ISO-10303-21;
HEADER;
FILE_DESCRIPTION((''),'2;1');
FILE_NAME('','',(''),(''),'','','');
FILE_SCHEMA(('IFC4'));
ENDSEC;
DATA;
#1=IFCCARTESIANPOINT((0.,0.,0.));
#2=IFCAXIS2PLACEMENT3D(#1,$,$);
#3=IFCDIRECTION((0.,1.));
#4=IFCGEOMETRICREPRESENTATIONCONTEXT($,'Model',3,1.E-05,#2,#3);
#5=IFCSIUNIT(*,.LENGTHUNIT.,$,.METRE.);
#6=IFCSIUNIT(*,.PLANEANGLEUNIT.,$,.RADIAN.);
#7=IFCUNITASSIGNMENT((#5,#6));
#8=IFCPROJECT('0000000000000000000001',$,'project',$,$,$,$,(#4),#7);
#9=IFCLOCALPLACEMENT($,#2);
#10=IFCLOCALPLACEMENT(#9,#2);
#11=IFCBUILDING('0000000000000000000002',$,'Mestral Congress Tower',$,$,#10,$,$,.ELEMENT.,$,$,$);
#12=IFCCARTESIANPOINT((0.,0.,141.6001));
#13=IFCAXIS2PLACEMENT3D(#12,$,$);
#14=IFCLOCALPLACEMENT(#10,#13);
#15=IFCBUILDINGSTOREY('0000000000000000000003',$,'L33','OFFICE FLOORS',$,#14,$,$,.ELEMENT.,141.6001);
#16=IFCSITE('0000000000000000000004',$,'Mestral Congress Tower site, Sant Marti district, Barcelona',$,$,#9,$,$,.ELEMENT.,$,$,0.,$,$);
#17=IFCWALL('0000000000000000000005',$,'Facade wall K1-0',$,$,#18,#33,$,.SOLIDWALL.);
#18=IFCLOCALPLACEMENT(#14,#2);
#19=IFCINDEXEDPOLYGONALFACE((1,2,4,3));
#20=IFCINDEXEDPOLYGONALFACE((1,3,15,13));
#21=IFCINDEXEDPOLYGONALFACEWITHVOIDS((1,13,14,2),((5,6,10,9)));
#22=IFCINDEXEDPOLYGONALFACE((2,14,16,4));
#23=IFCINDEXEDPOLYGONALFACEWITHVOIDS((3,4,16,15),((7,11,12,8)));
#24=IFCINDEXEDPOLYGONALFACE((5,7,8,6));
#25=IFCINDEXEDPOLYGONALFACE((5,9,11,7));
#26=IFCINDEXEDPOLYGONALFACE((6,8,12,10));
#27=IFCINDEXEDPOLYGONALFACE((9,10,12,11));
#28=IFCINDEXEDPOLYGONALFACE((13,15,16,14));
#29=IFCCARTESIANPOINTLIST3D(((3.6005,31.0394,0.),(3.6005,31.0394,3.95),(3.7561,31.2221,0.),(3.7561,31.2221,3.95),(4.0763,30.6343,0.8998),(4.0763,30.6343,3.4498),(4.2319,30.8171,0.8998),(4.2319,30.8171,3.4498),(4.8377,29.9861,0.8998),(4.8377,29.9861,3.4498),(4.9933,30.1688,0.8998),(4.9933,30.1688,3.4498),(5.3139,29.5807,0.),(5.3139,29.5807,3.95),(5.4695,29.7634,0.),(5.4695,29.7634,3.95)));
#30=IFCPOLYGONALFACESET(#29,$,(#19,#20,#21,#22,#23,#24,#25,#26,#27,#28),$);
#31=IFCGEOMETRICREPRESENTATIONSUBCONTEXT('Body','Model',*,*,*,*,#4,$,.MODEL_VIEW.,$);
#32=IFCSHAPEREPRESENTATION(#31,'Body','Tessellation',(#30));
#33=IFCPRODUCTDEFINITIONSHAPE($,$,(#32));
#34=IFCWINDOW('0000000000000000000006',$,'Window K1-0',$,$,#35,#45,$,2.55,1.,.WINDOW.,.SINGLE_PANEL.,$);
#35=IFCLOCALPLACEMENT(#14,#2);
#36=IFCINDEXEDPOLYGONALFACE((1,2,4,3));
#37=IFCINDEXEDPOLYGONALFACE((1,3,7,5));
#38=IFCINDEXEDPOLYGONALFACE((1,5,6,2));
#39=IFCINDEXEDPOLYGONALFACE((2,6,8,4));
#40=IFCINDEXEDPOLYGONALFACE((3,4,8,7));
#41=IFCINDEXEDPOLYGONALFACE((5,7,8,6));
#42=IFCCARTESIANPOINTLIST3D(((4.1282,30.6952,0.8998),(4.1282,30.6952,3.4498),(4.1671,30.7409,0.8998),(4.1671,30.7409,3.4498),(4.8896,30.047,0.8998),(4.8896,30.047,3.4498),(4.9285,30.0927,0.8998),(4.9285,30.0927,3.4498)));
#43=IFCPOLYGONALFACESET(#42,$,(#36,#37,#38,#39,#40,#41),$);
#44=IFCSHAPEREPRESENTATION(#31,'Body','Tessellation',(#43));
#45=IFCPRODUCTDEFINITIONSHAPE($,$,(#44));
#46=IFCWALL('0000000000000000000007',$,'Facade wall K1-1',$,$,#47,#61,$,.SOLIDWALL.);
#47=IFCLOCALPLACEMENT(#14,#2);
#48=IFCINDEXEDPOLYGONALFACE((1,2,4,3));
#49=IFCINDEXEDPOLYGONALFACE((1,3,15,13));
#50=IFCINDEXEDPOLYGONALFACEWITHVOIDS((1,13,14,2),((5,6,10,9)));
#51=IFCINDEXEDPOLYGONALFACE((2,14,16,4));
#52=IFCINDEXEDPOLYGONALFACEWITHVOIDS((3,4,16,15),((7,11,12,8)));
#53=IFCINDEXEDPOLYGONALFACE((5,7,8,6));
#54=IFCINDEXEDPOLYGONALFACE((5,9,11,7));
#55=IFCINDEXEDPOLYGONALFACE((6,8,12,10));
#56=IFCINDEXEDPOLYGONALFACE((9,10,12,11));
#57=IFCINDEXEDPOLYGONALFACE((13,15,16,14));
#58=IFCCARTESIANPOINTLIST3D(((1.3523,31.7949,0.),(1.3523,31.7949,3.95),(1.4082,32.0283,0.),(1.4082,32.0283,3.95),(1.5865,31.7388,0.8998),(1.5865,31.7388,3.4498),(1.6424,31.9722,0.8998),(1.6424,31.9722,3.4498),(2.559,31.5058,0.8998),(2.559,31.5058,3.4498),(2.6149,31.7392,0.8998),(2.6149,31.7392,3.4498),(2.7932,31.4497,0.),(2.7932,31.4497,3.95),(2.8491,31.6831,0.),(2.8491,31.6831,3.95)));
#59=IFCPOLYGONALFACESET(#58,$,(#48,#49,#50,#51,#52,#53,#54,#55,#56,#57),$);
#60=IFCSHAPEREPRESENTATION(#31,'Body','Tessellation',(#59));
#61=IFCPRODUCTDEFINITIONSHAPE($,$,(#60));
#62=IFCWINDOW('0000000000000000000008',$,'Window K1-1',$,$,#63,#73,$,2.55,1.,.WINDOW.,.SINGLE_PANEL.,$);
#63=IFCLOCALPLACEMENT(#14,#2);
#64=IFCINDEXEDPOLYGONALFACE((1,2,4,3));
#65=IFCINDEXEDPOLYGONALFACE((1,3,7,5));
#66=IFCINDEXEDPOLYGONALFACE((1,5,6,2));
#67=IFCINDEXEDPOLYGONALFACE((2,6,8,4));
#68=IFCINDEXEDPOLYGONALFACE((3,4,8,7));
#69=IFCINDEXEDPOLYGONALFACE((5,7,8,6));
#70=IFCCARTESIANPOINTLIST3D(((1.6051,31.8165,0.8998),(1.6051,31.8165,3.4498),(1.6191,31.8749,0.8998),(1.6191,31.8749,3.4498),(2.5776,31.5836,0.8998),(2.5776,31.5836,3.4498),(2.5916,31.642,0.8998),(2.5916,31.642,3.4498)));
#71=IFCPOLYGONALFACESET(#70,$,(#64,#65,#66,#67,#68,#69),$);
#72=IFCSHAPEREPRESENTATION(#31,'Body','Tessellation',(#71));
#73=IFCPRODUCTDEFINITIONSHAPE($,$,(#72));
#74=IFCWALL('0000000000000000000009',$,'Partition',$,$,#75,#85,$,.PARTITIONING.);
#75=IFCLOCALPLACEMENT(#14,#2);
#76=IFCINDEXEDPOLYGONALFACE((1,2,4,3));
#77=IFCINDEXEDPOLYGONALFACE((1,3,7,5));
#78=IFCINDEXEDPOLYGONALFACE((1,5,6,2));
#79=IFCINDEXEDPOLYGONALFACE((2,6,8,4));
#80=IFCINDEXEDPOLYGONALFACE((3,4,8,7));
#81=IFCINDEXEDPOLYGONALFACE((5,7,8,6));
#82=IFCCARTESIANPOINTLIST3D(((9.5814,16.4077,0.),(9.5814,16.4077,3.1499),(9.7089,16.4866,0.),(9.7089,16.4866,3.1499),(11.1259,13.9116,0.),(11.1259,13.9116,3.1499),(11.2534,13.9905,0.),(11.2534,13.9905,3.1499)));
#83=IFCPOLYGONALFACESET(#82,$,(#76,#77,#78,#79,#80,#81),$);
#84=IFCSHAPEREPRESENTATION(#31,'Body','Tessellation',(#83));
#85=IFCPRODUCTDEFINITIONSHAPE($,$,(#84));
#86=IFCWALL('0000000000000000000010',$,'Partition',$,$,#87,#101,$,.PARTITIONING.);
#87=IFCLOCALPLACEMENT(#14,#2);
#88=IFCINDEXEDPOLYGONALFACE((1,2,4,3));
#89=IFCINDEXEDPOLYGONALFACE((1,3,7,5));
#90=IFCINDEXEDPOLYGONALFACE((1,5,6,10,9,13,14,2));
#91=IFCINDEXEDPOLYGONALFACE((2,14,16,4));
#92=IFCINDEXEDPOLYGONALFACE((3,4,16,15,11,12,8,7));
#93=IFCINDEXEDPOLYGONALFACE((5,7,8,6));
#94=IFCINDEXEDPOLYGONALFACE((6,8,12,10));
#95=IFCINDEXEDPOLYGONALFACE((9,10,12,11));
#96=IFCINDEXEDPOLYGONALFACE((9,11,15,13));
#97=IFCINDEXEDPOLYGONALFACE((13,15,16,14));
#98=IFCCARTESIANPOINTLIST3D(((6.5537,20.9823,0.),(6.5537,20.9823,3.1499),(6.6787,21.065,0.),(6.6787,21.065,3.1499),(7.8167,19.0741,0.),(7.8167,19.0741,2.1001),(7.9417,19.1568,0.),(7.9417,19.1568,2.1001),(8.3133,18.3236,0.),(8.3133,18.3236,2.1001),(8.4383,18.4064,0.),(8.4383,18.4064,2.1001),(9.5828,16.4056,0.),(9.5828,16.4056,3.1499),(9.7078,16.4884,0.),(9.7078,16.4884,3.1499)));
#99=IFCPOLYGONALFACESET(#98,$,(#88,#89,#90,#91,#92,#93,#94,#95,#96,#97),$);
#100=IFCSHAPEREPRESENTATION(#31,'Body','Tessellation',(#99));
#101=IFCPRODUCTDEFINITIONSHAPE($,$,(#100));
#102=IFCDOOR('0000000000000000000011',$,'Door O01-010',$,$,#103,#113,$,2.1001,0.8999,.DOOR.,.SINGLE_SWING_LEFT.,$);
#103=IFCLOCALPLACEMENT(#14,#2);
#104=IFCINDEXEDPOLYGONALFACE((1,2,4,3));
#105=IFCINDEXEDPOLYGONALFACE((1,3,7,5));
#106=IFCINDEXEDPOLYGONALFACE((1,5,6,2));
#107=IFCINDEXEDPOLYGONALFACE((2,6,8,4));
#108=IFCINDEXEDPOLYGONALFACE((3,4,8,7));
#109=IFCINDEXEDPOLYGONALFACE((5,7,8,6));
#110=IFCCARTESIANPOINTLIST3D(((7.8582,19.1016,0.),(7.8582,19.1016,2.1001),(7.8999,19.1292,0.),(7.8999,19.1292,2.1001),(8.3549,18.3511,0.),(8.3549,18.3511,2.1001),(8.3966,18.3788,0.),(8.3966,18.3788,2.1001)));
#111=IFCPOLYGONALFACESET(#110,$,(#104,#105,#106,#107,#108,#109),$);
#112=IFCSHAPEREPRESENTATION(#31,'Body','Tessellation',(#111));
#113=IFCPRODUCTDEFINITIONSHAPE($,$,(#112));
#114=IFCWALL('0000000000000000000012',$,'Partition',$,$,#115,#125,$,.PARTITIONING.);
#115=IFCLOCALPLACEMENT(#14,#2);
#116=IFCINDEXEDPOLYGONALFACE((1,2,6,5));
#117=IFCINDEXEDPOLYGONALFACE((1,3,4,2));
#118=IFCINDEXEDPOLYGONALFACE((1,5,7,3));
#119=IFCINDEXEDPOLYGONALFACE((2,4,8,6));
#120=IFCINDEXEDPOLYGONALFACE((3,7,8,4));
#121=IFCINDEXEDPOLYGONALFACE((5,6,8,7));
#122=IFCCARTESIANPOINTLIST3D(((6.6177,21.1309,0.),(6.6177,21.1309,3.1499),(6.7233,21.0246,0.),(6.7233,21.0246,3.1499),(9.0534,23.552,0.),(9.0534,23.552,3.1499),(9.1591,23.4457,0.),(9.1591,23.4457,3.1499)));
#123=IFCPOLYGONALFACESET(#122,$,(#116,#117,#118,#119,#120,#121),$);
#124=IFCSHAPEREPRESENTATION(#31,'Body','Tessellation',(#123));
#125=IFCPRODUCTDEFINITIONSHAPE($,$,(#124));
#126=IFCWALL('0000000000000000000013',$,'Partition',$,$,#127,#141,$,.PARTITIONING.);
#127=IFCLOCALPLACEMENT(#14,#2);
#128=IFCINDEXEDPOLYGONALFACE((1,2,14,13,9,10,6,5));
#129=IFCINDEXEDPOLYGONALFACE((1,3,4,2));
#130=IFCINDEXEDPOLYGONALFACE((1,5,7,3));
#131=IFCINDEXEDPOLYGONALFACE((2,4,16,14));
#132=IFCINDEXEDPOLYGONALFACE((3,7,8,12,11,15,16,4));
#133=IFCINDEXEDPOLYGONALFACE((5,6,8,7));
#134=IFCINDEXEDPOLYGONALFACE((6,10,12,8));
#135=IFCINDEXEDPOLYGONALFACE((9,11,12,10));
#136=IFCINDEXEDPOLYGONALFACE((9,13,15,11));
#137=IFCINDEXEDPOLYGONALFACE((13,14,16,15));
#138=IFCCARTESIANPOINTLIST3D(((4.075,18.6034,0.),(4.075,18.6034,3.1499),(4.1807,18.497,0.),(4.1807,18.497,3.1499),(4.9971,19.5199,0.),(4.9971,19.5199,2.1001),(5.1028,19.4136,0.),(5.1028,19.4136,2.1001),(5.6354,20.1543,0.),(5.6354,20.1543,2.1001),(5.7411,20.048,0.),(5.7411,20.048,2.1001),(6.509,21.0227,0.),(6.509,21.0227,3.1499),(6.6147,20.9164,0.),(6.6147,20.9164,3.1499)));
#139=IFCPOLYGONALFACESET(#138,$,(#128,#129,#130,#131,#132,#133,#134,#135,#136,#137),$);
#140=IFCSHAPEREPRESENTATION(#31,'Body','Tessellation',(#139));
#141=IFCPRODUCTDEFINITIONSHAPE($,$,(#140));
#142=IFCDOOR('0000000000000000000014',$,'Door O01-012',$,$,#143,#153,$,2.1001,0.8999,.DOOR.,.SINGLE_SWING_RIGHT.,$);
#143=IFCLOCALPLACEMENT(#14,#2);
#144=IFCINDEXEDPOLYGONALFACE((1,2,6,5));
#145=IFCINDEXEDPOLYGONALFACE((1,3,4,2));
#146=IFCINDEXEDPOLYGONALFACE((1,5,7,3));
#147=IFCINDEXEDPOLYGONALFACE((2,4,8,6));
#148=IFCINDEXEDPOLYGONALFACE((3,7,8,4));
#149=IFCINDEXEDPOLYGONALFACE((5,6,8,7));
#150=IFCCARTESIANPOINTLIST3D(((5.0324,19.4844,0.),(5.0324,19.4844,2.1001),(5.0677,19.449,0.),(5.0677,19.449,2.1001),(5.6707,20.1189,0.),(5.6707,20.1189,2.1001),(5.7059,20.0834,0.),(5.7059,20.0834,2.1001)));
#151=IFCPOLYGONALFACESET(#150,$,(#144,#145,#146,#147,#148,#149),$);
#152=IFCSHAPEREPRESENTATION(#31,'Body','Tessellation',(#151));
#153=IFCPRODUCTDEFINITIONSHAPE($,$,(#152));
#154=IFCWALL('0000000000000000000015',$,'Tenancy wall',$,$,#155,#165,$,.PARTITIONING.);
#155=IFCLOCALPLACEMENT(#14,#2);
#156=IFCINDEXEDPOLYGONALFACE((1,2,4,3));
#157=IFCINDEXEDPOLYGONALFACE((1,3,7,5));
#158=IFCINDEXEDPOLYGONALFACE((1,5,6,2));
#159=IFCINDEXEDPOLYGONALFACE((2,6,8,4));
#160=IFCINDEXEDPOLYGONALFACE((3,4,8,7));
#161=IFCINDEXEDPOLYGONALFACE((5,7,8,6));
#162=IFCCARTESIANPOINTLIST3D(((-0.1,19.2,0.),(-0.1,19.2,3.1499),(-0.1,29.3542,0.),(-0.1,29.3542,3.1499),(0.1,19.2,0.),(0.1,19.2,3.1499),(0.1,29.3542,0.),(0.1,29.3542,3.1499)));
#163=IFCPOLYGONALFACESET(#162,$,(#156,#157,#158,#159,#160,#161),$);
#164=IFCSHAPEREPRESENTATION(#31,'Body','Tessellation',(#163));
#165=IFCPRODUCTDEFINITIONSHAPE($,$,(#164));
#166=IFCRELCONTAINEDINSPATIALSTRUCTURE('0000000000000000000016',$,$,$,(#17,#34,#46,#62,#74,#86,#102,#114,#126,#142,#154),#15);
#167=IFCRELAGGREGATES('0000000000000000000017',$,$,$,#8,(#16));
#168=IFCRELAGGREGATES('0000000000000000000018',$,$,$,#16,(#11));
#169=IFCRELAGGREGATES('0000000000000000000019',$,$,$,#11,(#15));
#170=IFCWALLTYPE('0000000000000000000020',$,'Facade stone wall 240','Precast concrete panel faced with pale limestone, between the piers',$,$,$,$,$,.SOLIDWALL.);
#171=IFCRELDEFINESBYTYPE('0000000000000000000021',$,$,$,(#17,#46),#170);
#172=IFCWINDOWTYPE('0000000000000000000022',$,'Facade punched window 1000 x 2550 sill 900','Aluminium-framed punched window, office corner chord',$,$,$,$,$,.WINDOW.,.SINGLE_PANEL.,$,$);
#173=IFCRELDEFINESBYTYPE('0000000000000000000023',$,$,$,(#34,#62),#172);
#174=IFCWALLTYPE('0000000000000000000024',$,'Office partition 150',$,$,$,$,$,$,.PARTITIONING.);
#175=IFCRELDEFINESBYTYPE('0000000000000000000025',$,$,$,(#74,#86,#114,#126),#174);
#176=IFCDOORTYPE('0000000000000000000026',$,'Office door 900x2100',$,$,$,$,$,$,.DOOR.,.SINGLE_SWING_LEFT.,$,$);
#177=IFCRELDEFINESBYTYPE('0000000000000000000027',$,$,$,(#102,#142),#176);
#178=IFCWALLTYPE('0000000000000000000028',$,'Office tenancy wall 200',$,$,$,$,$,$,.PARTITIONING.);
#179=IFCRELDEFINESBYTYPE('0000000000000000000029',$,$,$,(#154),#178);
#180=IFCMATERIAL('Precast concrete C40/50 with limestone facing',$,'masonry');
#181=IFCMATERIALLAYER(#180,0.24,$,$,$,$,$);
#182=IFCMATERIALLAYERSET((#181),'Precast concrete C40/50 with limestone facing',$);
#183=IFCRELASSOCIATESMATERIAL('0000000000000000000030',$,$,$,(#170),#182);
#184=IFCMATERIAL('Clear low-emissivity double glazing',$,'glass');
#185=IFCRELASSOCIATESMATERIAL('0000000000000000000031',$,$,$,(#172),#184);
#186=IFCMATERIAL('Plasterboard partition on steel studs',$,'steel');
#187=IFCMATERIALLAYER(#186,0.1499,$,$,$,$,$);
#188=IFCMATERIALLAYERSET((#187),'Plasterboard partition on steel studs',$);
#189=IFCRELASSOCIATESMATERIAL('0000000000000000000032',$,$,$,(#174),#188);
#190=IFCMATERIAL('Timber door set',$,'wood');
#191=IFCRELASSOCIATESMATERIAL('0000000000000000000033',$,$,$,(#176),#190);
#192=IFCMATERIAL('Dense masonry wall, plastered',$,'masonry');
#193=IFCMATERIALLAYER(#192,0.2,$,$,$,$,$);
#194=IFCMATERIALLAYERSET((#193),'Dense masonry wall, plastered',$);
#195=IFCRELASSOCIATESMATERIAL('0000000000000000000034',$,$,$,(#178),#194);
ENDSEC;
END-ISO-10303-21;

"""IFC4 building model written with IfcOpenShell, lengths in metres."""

from ifc_helpers import new_model, si_unit, direction, frame, frame_2d, origin, place, context, subcontext, project, spatial, rectangle, extrude, material, layer, layer_set, type_object, element, fill, save


model = new_model("IFC4")

# Units and contexts
model_context = context("Model", 3, precision=1e-05, world=origin(), true_north=direction((0.0, 1.0)))
body_context = subcontext(model_context, "Body", "Model", "MODEL_VIEW")
ifc_project = project(units=[si_unit("LENGTHUNIT", "METRE"), si_unit("PLANEANGLEUNIT", "RADIAN")], contexts=[model_context])

# Site, building, storey
site_placement = place(None, origin())
site = spatial("IfcSite", under=ifc_project, at=site_placement, Name="Mestral Congress Tower site, Sant Marti district, Barcelona", CompositionType="ELEMENT", RefElevation=0.0)
building_placement = place(site_placement, origin())
building = spatial("IfcBuilding", under=site, at=building_placement, Name="Mestral Congress Tower", CompositionType="ELEMENT")
storey_placement = place(building_placement, frame((0.0, 0.0, 141.6001)))
storey = spatial("IfcBuildingStorey", under=building, at=storey_placement, Name="L33", Description="OFFICE FLOORS", CompositionType="ELEMENT", Elevation=141.6001)

# Shared definitions
ifc_material_1 = material(Name="Precast concrete C40/50 with limestone facing", Category="masonry")
ifc_layer_1 = layer(ifc_material_1, 0.24)
ifc_layer_set_1 = layer_set([ifc_layer_1], Name="Precast concrete C40/50 with limestone facing")
wall_type_1 = type_object("IfcWallType", Name="Facade stone wall 240", Description="Precast concrete panel faced with pale limestone, between the piers", PredefinedType="SOLIDWALL", material=ifc_layer_set_1)
ifc_material_2 = material(Name="Clear low-emissivity double glazing", Category="glass")

# Walls, openings, windows
wall_1_placement = place(storey_placement, frame((5.3916, 29.6721, 0.0), z_axis=(0.0, 0.0, 1.0), x_axis=(-0.76142, 0.648259, 0.0)))
wall_1 = element("IfcWall", 1, at=wall_1_placement, inside=storey, type_object=wall_type_1, Name="Facade wall K1-0", PredefinedType="SOLIDWALL", context=body_context, shape_type="SweptSolid", body=[
    extrude(rectangle(XDim=2.2502, YDim=0.24, at=frame_2d((1.125, 0.0))), origin(), (0.0, 0.0, 1.0), 3.95),
])
opening_1_placement = place(wall_1_placement, frame((0.6252, 0.0, 0.8999)))
opening_1 = element("IfcOpeningElement", 2, at=opening_1_placement, cuts=wall_1, PredefinedType="OPENING", context=body_context, shape_type="SweptSolid", body=[
    extrude(rectangle(XDim=1.0, YDim=2.55, at=frame_2d((0.5, 1.2749))), frame((0.0, 0.1299, 0.0), z_axis=(0.0, -1.0, 0.0), x_axis=(1.0, 0.0, 0.0)), (0.0, 0.0, 1.0), 0.26),
])
window_type_1 = type_object("IfcWindowType", Name="Facade punched window 1000 x 2550 sill 900", Description="Aluminium-framed punched window, office corner chord", PartitioningType="SINGLE_PANEL", PredefinedType="WINDOW", material=ifc_material_2)
window_1_placement = place(opening_1_placement, origin())
window_1 = element("IfcWindow", 3, at=window_1_placement, inside=storey, type_object=window_type_1, Name="Window K1-0", OverallHeight=2.55, OverallWidth=1.0, PartitioningType="SINGLE_PANEL", PredefinedType="WINDOW", context=body_context, shape_type="SweptSolid", body=[
    extrude(rectangle(XDim=1.0, YDim=2.55, at=frame_2d((0.5, 1.2749))), frame((0.0, 0.04, 0.0), z_axis=(0.0, -1.0, 0.0), x_axis=(1.0, 0.0, 0.0)), (0.0, 0.0, 1.0), 0.0601),
])
fill(opening_1, window_1)
wall_2_placement = place(storey_placement, frame((2.821, 31.5664, 0.0), z_axis=(0.0, 0.0, 1.0), x_axis=(-0.97248, 0.232987, 0.0)))
wall_2 = element("IfcWall", 4, at=wall_2_placement, inside=storey, type_object=wall_type_1, Name="Facade wall K1-1", PredefinedType="SOLIDWALL", context=body_context, shape_type="SweptSolid", body=[
    extrude(rectangle(XDim=1.4817, YDim=0.24, at=frame_2d((0.7407, 0.0))), origin(), (0.0, 0.0, 1.0), 3.95),
])
opening_2_placement = place(wall_2_placement, frame((0.2407, 0.0, 0.8999)))
opening_2 = element("IfcOpeningElement", 5, at=opening_2_placement, cuts=wall_2, PredefinedType="OPENING", context=body_context, shape_type="SweptSolid", body=[
    extrude(rectangle(XDim=1.0, YDim=2.55, at=frame_2d((0.5, 1.2749))), frame((0.0, 0.1299, 0.0), z_axis=(0.0, -1.0, 0.0), x_axis=(1.0, 0.0, 0.0)), (0.0, 0.0, 1.0), 0.26),
])
window_2_placement = place(opening_2_placement, origin())
window_2 = element("IfcWindow", 6, at=window_2_placement, inside=storey, type_object=window_type_1, Name="Window K1-1", OverallHeight=2.55, OverallWidth=1.0, PartitioningType="SINGLE_PANEL", PredefinedType="WINDOW", context=body_context, shape_type="SweptSolid", body=[
    extrude(rectangle(XDim=1.0, YDim=2.55, at=frame_2d((0.5, 1.2749))), frame((0.0, 0.04, 0.0), z_axis=(0.0, -1.0, 0.0), x_axis=(1.0, 0.0, 0.0)), (0.0, 0.0, 1.0), 0.0601),
])
fill(opening_2, window_2)

# Wall
ifc_material_3 = material(Name="Plasterboard partition on steel studs", Category="steel")
ifc_layer_2 = layer(ifc_material_3, 0.1499)
ifc_layer_set_2 = layer_set([ifc_layer_2], Name="Plasterboard partition on steel studs")
wall_type_2 = type_object("IfcWallType", Name="Office partition 150", PredefinedType="PARTITIONING", material=ifc_layer_set_2)
wall_3_placement = place(storey_placement, frame((11.1897, 13.9509, 0.0), z_axis=(0.0, 0.0, 1.0), x_axis=(-0.526166, 0.850382, 0.0)))
element("IfcWall", 7, at=wall_3_placement, inside=storey, type_object=wall_type_2, Name="Partition", PredefinedType="PARTITIONING", context=body_context, shape_type="SweptSolid", body=[
    extrude(rectangle(XDim=2.9353, YDim=0.1499, at=frame_2d((1.4678, 0.0))), origin(), (0.0, 0.0, 1.0), 3.1499),
])

# Wall, opening, door
wall_4_placement = place(storey_placement, frame((6.6162, 21.0237, 0.0), z_axis=(0.0, 0.0, 1.0), x_axis=(0.551915, -0.8339, 0.0)))
wall_4 = element("IfcWall", 8, at=wall_4_placement, inside=storey, type_object=wall_type_2, Name="Partition", PredefinedType="PARTITIONING", context=body_context, shape_type="SweptSolid", body=[
    extrude(rectangle(XDim=5.4883, YDim=0.1499, at=frame_2d((2.7441, 0.0))), origin(), (0.0, 0.0, 1.0), 3.1499),
])
opening_3_placement = place(wall_4_placement, frame((2.2883, 0.0, 0.0)))
opening_3 = element("IfcOpeningElement", 9, at=opening_3_placement, cuts=wall_4, PredefinedType="OPENING", context=body_context, shape_type="SweptSolid", body=[
    extrude(rectangle(XDim=0.8999, YDim=2.1001, at=frame_2d((0.45, 1.05))), frame((0.0, 0.085, 0.0), z_axis=(0.0, -1.0, 0.0), x_axis=(1.0, 0.0, 0.0)), (0.0, 0.0, 1.0), 0.1699),
])
ifc_material_4 = material(Name="Timber door set", Category="wood")
door_type = type_object("IfcDoorType", Name="Office door 900x2100", OperationType="SINGLE_SWING_LEFT", PredefinedType="DOOR", material=ifc_material_4)
door_1_placement = place(opening_3_placement, origin())
door_1 = element("IfcDoor", 10, at=door_1_placement, inside=storey, type_object=door_type, Name="Door O01-010", OperationType="SINGLE_SWING_LEFT", OverallHeight=2.1001, OverallWidth=0.8999, PredefinedType="DOOR", context=body_context, shape_type="SweptSolid", body=[
    extrude(rectangle(XDim=0.8999, YDim=2.1001, at=frame_2d((0.45, 1.05))), frame((0.0, 0.0249, 0.0), z_axis=(0.0, -1.0, 0.0), x_axis=(1.0, 0.0, 0.0)), (0.0, 0.0, 1.0), 0.05),
])
fill(opening_3, door_1)

# Wall
wall_5_placement = place(storey_placement, frame((6.6704, 21.0776, 0.0), z_axis=(0.0, 0.0, 1.0), x_axis=(0.709236, 0.704971, 0.0)))
element("IfcWall", 11, at=wall_5_placement, inside=storey, type_object=wall_type_2, Name="Partition", PredefinedType="PARTITIONING", context=body_context, shape_type="SweptSolid", body=[
    extrude(rectangle(XDim=3.4343, YDim=0.1499, at=frame_2d((1.7173, 0.0))), origin(), (0.0, 0.0, 1.0), 3.1499),
])

# Wall, opening, door
wall_6_placement = place(storey_placement, frame((4.1279, 18.5503, 0.0), z_axis=(0.0, 0.0, 1.0), x_axis=(0.709238, 0.704969, 0.0)))
wall_6 = element("IfcWall", 12, at=wall_6_placement, inside=storey, type_object=wall_type_2, Name="Partition", PredefinedType="PARTITIONING", context=body_context, shape_type="SweptSolid", body=[
    extrude(rectangle(XDim=3.4319, YDim=0.1499, at=frame_2d((1.7158, 0.0))), origin(), (0.0, 0.0, 1.0), 3.1499),
])
opening_4_placement = place(wall_6_placement, frame((1.3, 0.0, 0.0)))
opening_4 = element("IfcOpeningElement", 13, at=opening_4_placement, cuts=wall_6, PredefinedType="OPENING", context=body_context, shape_type="SweptSolid", body=[
    extrude(rectangle(XDim=0.8999, YDim=2.1001, at=frame_2d((0.45, 1.05))), frame((0.0, 0.085, 0.0), z_axis=(0.0, -1.0, 0.0), x_axis=(1.0, 0.0, 0.0)), (0.0, 0.0, 1.0), 0.1699),
])
door_2_placement = place(opening_4_placement, origin())
door_2 = element("IfcDoor", 14, at=door_2_placement, inside=storey, type_object=door_type, Name="Door O01-012", OperationType="SINGLE_SWING_RIGHT", OverallHeight=2.1001, OverallWidth=0.8999, PredefinedType="DOOR", context=body_context, shape_type="SweptSolid", body=[
    extrude(rectangle(XDim=0.8999, YDim=2.1001, at=frame_2d((0.45, 1.05))), frame((0.0, 0.0249, 0.0), z_axis=(0.0, -1.0, 0.0), x_axis=(1.0, 0.0, 0.0)), (0.0, 0.0, 1.0), 0.05),
])
fill(opening_4, door_2)

# Wall
ifc_material_5 = material(Name="Dense masonry wall, plastered", Category="masonry")
ifc_layer_3 = layer(ifc_material_5, 0.2)
ifc_layer_set_3 = layer_set([ifc_layer_3], Name="Dense masonry wall, plastered")
wall_type_3 = type_object("IfcWallType", Name="Office tenancy wall 200", PredefinedType="PARTITIONING", material=ifc_layer_set_3)
wall_7_placement = place(storey_placement, frame((0.0, 19.2, 0.0), z_axis=(0.0, 0.0, 1.0), x_axis=(0.0, 1.0, 0.0)))
element("IfcWall", 15, at=wall_7_placement, inside=storey, type_object=wall_type_3, Name="Tenancy wall", PredefinedType="PARTITIONING", context=body_context, shape_type="SweptSolid", body=[
    extrude(rectangle(XDim=10.1543, YDim=0.2, at=frame_2d((5.0771, 0.0))), origin(), (0.0, 0.0, 1.0), 3.1499),
])

save(model, "model.ifc")
